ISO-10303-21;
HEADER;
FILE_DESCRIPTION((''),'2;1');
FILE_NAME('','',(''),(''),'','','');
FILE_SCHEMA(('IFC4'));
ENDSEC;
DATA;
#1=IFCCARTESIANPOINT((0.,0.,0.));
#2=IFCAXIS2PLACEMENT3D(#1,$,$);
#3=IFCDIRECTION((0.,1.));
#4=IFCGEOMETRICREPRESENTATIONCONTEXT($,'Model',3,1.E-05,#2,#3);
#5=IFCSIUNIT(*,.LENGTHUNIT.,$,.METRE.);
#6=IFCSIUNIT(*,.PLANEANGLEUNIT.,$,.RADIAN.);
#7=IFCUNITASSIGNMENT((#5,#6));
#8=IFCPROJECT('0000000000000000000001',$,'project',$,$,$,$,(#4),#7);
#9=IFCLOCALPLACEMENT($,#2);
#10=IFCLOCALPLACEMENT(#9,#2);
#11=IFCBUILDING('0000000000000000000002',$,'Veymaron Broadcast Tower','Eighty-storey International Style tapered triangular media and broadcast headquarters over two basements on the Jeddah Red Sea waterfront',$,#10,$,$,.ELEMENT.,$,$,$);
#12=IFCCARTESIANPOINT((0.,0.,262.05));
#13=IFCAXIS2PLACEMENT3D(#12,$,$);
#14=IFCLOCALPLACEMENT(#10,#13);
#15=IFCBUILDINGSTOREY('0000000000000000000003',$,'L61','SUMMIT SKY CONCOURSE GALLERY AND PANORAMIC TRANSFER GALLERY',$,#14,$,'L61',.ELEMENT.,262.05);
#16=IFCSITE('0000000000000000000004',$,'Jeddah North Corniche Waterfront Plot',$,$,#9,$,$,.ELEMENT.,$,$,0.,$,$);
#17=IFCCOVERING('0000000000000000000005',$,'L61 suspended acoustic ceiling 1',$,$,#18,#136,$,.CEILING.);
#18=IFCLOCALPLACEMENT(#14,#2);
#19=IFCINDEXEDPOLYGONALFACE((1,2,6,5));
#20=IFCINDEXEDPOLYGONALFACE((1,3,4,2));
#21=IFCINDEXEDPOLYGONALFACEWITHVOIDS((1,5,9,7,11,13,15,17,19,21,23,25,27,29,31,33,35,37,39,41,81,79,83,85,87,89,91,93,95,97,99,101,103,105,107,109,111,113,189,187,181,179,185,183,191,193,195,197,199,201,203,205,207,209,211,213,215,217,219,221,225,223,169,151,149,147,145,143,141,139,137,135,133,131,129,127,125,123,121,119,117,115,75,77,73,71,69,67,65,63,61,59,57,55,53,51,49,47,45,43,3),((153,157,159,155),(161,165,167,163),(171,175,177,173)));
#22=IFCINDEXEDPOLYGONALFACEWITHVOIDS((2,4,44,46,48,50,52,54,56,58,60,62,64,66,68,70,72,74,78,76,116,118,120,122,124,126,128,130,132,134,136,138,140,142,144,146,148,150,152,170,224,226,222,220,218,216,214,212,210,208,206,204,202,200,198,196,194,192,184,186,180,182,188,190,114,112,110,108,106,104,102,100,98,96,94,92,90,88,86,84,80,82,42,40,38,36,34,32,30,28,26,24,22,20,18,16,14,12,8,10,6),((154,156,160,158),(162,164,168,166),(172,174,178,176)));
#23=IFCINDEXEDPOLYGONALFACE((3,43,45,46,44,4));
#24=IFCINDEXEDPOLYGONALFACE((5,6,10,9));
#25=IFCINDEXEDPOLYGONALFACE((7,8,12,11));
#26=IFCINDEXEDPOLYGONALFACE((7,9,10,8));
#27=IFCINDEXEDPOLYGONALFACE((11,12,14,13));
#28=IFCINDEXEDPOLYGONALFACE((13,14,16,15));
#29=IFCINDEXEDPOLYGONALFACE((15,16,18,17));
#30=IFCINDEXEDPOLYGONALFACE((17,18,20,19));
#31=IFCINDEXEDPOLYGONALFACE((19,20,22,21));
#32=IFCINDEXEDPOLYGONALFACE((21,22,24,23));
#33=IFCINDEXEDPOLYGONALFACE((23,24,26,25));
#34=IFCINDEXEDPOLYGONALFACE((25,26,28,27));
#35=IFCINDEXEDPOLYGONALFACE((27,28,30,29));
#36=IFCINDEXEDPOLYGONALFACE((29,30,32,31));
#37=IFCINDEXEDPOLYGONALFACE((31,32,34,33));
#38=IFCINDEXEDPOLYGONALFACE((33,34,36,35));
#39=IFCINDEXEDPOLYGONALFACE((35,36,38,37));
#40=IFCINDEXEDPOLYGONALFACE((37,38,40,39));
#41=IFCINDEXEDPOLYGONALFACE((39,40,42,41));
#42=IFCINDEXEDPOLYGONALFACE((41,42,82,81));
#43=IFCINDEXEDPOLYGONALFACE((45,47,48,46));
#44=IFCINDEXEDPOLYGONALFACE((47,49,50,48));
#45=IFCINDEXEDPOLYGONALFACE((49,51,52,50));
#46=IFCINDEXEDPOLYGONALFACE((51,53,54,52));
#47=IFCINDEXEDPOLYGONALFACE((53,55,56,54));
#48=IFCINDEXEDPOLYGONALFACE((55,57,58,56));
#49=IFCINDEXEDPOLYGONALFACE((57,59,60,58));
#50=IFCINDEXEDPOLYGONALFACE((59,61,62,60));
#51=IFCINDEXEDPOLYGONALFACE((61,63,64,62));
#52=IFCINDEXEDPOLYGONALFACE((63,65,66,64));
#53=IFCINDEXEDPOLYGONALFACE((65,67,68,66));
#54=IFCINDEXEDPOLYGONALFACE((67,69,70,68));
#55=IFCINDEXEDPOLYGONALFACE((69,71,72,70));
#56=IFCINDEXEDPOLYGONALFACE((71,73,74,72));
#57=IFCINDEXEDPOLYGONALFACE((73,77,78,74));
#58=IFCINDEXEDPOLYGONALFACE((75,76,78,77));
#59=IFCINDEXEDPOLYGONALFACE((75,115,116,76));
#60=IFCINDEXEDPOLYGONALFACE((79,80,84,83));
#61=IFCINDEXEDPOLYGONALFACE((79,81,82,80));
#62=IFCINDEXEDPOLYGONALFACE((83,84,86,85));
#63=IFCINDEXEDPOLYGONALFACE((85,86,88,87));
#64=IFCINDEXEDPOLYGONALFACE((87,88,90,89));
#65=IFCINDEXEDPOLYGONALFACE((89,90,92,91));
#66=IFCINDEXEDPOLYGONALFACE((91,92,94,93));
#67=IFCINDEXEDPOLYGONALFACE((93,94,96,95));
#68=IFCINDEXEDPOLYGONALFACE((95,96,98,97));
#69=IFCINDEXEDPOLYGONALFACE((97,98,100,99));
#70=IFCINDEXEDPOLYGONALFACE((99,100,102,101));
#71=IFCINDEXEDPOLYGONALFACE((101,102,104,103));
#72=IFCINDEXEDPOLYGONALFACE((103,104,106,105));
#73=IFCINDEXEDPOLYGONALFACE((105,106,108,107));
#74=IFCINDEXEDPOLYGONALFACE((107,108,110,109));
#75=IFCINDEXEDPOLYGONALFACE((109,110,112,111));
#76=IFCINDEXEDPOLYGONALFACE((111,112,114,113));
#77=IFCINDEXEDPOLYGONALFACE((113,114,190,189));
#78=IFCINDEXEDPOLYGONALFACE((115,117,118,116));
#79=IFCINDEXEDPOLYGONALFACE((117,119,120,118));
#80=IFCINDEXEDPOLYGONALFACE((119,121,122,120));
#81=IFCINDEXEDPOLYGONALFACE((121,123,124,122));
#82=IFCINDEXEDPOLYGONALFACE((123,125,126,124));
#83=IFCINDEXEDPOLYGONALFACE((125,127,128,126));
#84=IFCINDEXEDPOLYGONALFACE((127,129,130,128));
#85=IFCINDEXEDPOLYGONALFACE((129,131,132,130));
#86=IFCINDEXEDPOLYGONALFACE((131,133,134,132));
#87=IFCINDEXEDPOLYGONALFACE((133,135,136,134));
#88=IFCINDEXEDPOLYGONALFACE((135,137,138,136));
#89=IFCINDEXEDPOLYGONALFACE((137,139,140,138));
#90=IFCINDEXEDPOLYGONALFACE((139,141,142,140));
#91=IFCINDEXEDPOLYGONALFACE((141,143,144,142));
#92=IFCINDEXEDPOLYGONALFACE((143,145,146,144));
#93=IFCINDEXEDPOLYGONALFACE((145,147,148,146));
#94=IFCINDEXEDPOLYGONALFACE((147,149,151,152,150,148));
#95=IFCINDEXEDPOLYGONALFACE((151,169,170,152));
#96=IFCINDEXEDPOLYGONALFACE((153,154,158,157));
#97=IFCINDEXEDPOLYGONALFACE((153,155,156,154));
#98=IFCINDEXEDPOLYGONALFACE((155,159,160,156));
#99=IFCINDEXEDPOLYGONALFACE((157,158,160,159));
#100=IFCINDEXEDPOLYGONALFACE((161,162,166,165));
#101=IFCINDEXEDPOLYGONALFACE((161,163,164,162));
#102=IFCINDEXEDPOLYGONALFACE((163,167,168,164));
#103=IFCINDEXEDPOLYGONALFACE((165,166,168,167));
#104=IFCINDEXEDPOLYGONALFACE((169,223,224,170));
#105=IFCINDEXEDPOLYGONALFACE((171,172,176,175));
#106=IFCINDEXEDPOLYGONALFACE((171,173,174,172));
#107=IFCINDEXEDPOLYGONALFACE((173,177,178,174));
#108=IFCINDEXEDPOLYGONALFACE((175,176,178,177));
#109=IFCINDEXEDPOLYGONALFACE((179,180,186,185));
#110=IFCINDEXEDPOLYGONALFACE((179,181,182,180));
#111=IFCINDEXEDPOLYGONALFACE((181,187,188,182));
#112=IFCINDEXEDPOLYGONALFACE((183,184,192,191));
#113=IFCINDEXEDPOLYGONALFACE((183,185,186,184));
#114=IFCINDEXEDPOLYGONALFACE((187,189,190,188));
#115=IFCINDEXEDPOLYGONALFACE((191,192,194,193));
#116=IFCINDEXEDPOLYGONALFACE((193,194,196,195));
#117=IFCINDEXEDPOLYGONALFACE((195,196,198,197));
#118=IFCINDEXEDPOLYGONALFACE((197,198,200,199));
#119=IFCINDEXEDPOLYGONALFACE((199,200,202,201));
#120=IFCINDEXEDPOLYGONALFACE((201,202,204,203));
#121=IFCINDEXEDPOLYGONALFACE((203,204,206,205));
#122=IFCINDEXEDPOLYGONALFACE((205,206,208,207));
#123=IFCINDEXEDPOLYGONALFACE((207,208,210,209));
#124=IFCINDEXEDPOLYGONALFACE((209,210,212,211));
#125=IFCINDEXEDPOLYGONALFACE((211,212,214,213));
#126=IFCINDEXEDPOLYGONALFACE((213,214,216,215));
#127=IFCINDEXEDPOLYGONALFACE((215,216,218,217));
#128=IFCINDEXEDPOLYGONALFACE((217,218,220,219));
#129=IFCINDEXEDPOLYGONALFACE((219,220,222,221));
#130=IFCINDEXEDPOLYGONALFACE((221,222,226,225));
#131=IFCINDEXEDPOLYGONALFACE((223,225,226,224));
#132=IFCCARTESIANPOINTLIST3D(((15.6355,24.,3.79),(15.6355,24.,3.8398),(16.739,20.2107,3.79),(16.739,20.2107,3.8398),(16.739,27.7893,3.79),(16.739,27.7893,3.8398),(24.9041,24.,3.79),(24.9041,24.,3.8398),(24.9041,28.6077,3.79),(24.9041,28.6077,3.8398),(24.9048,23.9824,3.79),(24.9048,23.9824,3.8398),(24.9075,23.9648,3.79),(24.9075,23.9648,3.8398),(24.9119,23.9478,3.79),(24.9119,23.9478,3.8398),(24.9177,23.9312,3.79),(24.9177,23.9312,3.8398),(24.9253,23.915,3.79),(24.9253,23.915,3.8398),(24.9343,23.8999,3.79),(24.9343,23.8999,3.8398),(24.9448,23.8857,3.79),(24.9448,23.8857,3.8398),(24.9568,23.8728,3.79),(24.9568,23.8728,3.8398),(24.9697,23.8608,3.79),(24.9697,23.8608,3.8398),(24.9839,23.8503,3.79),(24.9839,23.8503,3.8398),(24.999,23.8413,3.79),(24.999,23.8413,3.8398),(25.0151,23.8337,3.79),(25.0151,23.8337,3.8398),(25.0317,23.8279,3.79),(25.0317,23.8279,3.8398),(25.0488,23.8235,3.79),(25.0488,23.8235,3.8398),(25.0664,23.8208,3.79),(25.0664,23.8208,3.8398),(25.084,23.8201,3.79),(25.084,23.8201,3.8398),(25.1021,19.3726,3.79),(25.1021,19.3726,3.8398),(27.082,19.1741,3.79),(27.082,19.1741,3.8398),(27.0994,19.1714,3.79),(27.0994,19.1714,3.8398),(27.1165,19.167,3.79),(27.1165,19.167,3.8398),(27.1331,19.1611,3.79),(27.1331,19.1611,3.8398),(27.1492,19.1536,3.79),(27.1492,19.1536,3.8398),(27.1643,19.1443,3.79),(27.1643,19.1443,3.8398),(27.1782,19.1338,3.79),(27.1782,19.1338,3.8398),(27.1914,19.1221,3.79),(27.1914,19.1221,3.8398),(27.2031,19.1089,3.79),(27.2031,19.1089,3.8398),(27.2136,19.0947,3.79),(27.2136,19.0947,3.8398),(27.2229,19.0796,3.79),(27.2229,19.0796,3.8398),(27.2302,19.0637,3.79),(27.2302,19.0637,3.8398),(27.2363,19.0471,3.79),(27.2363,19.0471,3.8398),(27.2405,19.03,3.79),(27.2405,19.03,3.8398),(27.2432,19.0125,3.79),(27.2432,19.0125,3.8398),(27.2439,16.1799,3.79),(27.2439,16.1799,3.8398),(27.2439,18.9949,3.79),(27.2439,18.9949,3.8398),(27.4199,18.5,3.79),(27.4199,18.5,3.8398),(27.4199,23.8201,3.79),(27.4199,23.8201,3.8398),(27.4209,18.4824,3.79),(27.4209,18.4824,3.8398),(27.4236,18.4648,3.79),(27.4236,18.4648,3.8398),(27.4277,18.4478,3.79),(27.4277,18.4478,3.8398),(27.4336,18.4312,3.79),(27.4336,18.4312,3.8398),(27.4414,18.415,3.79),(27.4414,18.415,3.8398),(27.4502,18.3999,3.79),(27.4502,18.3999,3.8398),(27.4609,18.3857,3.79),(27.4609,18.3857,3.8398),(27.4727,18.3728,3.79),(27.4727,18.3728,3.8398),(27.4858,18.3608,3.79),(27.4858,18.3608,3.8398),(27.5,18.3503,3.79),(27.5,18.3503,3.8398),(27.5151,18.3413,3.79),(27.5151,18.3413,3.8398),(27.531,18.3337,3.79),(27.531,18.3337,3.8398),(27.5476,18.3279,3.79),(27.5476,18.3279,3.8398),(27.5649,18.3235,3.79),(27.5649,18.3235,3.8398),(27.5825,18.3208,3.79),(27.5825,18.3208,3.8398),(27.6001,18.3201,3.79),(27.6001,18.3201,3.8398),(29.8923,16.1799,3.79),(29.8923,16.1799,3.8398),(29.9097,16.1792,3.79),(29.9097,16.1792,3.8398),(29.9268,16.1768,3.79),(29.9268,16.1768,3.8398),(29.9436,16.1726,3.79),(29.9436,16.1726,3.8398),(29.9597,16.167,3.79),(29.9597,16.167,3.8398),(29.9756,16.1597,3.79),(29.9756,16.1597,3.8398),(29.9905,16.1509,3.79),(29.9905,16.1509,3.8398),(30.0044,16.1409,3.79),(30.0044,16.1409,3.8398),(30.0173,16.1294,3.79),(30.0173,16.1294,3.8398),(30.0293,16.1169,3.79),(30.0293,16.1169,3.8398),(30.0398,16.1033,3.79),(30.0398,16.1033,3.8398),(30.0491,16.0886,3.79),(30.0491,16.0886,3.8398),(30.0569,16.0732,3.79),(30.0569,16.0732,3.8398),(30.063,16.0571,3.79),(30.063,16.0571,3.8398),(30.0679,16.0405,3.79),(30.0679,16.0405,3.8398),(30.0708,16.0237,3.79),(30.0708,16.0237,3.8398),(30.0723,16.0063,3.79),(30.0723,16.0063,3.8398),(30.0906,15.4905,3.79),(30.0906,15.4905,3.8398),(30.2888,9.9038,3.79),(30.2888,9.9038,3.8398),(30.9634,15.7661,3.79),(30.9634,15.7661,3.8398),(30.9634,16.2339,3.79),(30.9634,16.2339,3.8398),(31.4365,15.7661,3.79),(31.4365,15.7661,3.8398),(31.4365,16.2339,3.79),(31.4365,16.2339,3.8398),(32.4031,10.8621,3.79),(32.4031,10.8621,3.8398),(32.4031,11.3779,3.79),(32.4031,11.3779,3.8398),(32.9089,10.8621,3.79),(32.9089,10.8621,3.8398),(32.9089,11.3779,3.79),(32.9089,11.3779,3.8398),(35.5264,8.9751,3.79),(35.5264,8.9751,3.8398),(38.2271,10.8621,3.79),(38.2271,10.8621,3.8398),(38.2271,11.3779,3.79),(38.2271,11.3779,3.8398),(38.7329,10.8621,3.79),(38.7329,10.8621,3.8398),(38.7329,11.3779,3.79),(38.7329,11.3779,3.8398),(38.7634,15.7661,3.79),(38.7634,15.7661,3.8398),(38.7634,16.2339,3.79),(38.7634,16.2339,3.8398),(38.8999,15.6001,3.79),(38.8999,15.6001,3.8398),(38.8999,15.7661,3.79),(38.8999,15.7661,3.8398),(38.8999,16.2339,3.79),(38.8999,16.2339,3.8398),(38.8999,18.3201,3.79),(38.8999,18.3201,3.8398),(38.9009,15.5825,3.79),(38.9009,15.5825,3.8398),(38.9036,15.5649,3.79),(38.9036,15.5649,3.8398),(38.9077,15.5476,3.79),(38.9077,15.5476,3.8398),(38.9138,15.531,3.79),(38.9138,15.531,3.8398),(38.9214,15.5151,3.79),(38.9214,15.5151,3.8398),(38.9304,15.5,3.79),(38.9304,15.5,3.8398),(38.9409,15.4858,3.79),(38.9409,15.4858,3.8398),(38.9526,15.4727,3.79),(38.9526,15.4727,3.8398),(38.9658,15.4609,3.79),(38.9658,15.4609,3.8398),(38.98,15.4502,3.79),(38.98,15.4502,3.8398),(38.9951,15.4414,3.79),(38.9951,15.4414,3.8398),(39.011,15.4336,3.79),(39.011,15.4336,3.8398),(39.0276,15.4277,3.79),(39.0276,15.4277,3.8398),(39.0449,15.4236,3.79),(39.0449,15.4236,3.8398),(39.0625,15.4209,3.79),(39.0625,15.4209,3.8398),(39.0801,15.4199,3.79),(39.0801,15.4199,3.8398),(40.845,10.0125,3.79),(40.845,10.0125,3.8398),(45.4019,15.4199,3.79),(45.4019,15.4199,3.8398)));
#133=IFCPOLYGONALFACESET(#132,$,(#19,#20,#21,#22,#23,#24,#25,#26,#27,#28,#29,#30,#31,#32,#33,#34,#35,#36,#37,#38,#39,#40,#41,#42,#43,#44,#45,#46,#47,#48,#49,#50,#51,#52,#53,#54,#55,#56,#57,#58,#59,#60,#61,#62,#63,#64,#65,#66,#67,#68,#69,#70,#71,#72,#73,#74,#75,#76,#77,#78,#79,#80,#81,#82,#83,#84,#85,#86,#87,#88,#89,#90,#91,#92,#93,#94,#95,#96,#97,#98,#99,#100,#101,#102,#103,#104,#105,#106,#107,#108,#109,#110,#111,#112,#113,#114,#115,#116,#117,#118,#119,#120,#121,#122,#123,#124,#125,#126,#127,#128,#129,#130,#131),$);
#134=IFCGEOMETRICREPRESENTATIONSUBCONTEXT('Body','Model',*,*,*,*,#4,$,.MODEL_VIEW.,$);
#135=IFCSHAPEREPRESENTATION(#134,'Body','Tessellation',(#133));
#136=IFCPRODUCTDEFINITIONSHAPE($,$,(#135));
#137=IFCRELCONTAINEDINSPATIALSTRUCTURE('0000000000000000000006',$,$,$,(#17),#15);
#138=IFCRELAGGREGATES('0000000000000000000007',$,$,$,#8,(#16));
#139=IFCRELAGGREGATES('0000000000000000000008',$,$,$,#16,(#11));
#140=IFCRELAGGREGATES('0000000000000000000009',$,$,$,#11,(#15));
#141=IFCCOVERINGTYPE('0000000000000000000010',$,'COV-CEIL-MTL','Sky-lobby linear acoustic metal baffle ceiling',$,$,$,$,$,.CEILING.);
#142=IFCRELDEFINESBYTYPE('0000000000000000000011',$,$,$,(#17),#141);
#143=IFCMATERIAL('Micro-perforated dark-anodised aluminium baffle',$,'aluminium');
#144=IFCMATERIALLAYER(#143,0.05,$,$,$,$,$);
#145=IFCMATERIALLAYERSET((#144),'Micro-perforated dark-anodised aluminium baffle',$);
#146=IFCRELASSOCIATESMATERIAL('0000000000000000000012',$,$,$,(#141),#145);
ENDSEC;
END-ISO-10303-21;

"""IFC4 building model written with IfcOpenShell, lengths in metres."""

from ifc_helpers import new_model, si_unit, direction, frame, origin, place, context, subcontext, project, spatial, polyline, outline, extrude, material, layer, layer_set, type_object, element, save


model = new_model("IFC4")

# Units and contexts
model_context = context("Model", 3, precision=1e-05, world=origin(), true_north=direction((0.0, 1.0)))
body_context = subcontext(model_context, "Body", "Model", "MODEL_VIEW")
ifc_project = project(units=[si_unit("LENGTHUNIT", "METRE"), si_unit("PLANEANGLEUNIT", "RADIAN")], contexts=[model_context])

# Site, building, storey
site_placement = place(None, origin())
site = spatial("IfcSite", under=ifc_project, at=site_placement, Name="Jeddah North Corniche Waterfront Plot", CompositionType="ELEMENT", RefElevation=0.0)
building_placement = place(site_placement, origin())
building = spatial("IfcBuilding", under=site, at=building_placement, Name="Veymaron Broadcast Tower", Description="Eighty-storey International Style tapered triangular media and broadcast headquarters over two basements on the Jeddah Red Sea waterfront", CompositionType="ELEMENT")
storey_placement = place(building_placement, frame((0.0, 0.0, 262.05)))
storey = spatial("IfcBuildingStorey", under=building, at=storey_placement, Name="L61", Description="SUMMIT SKY CONCOURSE GALLERY AND PANORAMIC TRANSFER GALLERY", LongName="L61", CompositionType="ELEMENT", Elevation=262.05)

# Covering
ifc_material_1 = material(Name="Micro-perforated dark-anodised aluminium baffle", Category="aluminium")
ifc_layer_1 = layer(ifc_material_1, 0.05)
ifc_layer_set_1 = layer_set([ifc_layer_1], Name="Micro-perforated dark-anodised aluminium baffle")
covering_type_1 = type_object("IfcCoveringType", Name="COV-CEIL-MTL", Description="Sky-lobby linear acoustic metal baffle ceiling", PredefinedType="CEILING", material=ifc_layer_set_1)
covering_1_placement = place(storey_placement, frame((0.0, 0.0, 3.79)))
element("IfcCovering", 1, at=covering_1_placement, inside=storey, type_object=covering_type_1, Name="L61 suspended acoustic ceiling 1", PredefinedType="CEILING", context=body_context, shape_type="SweptSolid", body=[
    extrude(outline(polyline([(29.9097, 16.1792), (29.8923, 16.1799), (27.2439, 16.1799), (27.2439, 18.9949), (27.2432, 19.0125), (27.2405, 19.03), (27.2363, 19.0471), (27.2302, 19.0637), (27.2229, 19.0796), (27.2136, 19.0947), (27.2031, 19.1089), (27.1914, 19.1221), (27.1782, 19.1338), (27.1643, 19.1443), (27.1492, 19.1536), (27.1331, 19.1611), (27.1165, 19.167), (27.0994, 19.1714), (27.082, 19.1741), (25.1021, 19.3726), (16.739, 20.2107), (15.6355, 24.0), (16.739, 27.7893), (24.9041, 28.6077), (24.9041, 24.0), (24.9048, 23.9824), (24.9075, 23.9648), (24.9119, 23.9478), (24.9177, 23.9312), (24.9253, 23.915), (24.9343, 23.8999), (24.9448, 23.8857), (24.9568, 23.8728), (24.9697, 23.8608), (24.9839, 23.8503), (24.999, 23.8413), (25.0151, 23.8337), (25.0317, 23.8279), (25.0488, 23.8235), (25.0664, 23.8208), (25.084, 23.8201), (27.4199, 23.8201), (27.4199, 18.5), (27.4209, 18.4824), (27.4236, 18.4648), (27.4277, 18.4478), (27.4336, 18.4312), (27.4414, 18.415), (27.4502, 18.3999), (27.4609, 18.3857), (27.4727, 18.3728), (27.4858, 18.3608), (27.5, 18.3503), (27.5151, 18.3413), (27.531, 18.3337), (27.5476, 18.3279), (27.5649, 18.3235), (27.5825, 18.3208), (27.6001, 18.3201), (38.8999, 18.3201), (38.8999, 16.2339), (38.7634, 16.2339), (38.7634, 15.7661), (38.8999, 15.7661), (38.8999, 15.6001), (38.9009, 15.5825), (38.9036, 15.5649), (38.9077, 15.5476), (38.9138, 15.531), (38.9214, 15.5151), (38.9304, 15.5), (38.9409, 15.4858), (38.9526, 15.4727), (38.9658, 15.4609), (38.98, 15.4502), (38.9951, 15.4414), (39.011, 15.4336), (39.0276, 15.4277), (39.0449, 15.4236), (39.0625, 15.4209), (39.0801, 15.4199), (45.4019, 15.4199), (40.845, 10.0125), (35.5264, 8.9751), (30.2888, 9.9038), (30.0906, 15.4905), (30.0723, 16.0063), (30.0708, 16.0237), (30.0679, 16.0405), (30.063, 16.0571), (30.0569, 16.0732), (30.0491, 16.0886), (30.0398, 16.1033), (30.0293, 16.1169), (30.0173, 16.1294), (30.0044, 16.1409), (29.9905, 16.1509), (29.9756, 16.1597), (29.9597, 16.167), (29.9436, 16.1726), (29.9268, 16.1768), (29.9097, 16.1792)]), holes=[polyline([(38.7329, 11.3779), (38.2271, 11.3779), (38.2271, 10.8621), (38.7329, 10.8621), (38.7329, 11.3779)]), polyline([(32.4031, 11.3779), (32.4031, 10.8621), (32.9089, 10.8621), (32.9089, 11.3779), (32.4031, 11.3779)]), polyline([(30.9634, 16.2339), (30.9634, 15.7661), (31.4365, 15.7661), (31.4365, 16.2339), (30.9634, 16.2339)])]), origin(), (0.0, 0.0, 1.0), 0.0498),
])

save(model, "model.ifc")
